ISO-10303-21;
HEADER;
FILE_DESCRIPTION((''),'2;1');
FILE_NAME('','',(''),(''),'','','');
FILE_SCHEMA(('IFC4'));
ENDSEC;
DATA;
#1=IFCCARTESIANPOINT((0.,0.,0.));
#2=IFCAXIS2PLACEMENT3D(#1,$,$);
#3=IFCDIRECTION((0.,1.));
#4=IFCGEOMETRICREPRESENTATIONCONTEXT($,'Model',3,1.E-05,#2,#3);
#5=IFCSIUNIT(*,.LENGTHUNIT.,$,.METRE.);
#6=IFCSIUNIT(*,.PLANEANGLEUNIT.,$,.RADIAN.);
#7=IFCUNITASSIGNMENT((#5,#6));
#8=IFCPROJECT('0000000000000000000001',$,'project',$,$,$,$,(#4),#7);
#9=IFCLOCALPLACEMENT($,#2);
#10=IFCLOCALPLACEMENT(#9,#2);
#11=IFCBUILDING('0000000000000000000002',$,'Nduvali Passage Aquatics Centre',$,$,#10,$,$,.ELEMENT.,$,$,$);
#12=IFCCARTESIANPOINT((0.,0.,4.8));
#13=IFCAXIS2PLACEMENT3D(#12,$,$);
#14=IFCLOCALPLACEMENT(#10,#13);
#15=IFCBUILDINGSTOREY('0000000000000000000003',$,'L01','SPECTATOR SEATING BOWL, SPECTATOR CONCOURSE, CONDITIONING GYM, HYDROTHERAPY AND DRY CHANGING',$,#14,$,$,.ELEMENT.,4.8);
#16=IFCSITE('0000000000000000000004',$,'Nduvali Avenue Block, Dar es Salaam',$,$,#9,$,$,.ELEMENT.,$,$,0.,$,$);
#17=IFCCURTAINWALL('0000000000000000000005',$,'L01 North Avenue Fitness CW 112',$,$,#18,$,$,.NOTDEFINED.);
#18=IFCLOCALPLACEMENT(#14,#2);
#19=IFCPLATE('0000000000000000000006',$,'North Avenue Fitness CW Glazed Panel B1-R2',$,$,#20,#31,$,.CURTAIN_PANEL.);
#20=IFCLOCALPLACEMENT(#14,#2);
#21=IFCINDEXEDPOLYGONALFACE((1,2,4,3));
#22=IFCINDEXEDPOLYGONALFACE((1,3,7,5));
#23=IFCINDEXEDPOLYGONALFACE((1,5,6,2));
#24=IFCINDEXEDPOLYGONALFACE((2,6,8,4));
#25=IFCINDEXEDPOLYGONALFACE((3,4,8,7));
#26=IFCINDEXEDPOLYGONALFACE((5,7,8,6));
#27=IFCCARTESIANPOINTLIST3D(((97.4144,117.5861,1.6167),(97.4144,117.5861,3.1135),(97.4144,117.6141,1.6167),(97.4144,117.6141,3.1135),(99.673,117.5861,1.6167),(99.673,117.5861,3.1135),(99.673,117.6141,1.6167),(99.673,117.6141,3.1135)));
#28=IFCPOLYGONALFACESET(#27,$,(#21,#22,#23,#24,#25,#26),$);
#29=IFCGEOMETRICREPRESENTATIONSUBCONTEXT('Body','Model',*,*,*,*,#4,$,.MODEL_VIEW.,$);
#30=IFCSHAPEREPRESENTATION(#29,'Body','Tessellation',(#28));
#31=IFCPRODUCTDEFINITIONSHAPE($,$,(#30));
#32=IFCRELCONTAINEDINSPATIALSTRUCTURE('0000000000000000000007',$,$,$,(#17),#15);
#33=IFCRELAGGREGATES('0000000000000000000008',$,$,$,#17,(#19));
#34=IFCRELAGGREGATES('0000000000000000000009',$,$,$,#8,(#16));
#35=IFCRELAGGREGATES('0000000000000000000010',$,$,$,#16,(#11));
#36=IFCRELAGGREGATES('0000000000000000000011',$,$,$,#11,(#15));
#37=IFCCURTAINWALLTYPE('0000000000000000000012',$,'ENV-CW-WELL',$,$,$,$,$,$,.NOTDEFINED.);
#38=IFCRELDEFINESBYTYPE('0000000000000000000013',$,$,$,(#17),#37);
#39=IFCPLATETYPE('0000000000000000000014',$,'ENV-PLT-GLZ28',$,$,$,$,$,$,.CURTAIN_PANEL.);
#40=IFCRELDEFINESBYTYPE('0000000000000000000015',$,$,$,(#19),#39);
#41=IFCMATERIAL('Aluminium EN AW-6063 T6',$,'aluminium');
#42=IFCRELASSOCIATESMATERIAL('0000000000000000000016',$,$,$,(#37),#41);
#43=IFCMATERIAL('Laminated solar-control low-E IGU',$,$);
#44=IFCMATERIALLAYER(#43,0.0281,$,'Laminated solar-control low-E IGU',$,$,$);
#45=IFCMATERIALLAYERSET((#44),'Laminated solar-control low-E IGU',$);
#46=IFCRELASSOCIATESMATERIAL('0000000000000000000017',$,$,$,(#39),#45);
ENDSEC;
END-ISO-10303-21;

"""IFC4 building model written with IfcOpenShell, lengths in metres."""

from ifc_helpers import new_model, si_unit, direction, frame, origin, origin_2d, place, context, subcontext, project, spatial, rectangle, extrude, material, layer, layer_set, type_object, element, aggregate, save


model = new_model("IFC4")

# Units and contexts
model_context = context("Model", 3, precision=1e-05, world=origin(), true_north=direction((0.0, 1.0)))
body_context = subcontext(model_context, "Body", "Model", "MODEL_VIEW")
ifc_project = project(units=[si_unit("LENGTHUNIT", "METRE"), si_unit("PLANEANGLEUNIT", "RADIAN")], contexts=[model_context])

# Site, building, storey
site_placement = place(None, origin())
site = spatial("IfcSite", under=ifc_project, at=site_placement, Name="Nduvali Avenue Block, Dar es Salaam", CompositionType="ELEMENT", RefElevation=0.0)
building_placement = place(site_placement, origin())
building = spatial("IfcBuilding", under=site, at=building_placement, Name="Nduvali Passage Aquatics Centre", CompositionType="ELEMENT")
storey_placement = place(building_placement, frame((0.0, 0.0, 4.8)))
storey = spatial("IfcBuildingStorey", under=building, at=storey_placement, Name="L01", Description="SPECTATOR SEATING BOWL, SPECTATOR CONCOURSE, CONDITIONING GYM, HYDROTHERAPY AND DRY CHANGING", CompositionType="ELEMENT", Elevation=4.8)

# Curtain wall
ifc_material_1 = material(Name="Aluminium EN AW-6063 T6", Category="aluminium")
curtain_wall_type = type_object("IfcCurtainWallType", Name="ENV-CW-WELL", PredefinedType="NOTDEFINED", material=ifc_material_1)
curtain_wall_1_placement = place(storey_placement, origin())
curtain_wall_1 = element("IfcCurtainWall", 1, at=curtain_wall_1_placement, inside=storey, type_object=curtain_wall_type, Name="L01 North Avenue Fitness CW 112", PredefinedType="NOTDEFINED")

# Plate
ifc_material_2 = material(Name="Laminated solar-control low-E IGU")
ifc_layer = layer(ifc_material_2, 0.0281, Name="Laminated solar-control low-E IGU")
ifc_layer_set = layer_set([ifc_layer], Name="Laminated solar-control low-E IGU")
plate_type = type_object("IfcPlateType", Name="ENV-PLT-GLZ28", PredefinedType="CURTAIN_PANEL", material=ifc_layer_set)
plate_1_placement = place(storey_placement, frame((98.5437, 117.6001, 1.6167), z_axis=(0.0, 0.0, 1.0), x_axis=(1.0, 0.0, 0.0)))
plate_1 = element("IfcPlate", 2, at=plate_1_placement, type_object=plate_type, Name="North Avenue Fitness CW Glazed Panel B1-R2", PredefinedType="CURTAIN_PANEL", context=body_context, shape_type="SweptSolid", body=[
    extrude(rectangle(XDim=2.2585, YDim=0.0281, at=origin_2d()), origin(), (0.0, 0.0, 1.0), 1.4968),
])
aggregate(curtain_wall_1, [plate_1])

save(model, "model.ifc")
